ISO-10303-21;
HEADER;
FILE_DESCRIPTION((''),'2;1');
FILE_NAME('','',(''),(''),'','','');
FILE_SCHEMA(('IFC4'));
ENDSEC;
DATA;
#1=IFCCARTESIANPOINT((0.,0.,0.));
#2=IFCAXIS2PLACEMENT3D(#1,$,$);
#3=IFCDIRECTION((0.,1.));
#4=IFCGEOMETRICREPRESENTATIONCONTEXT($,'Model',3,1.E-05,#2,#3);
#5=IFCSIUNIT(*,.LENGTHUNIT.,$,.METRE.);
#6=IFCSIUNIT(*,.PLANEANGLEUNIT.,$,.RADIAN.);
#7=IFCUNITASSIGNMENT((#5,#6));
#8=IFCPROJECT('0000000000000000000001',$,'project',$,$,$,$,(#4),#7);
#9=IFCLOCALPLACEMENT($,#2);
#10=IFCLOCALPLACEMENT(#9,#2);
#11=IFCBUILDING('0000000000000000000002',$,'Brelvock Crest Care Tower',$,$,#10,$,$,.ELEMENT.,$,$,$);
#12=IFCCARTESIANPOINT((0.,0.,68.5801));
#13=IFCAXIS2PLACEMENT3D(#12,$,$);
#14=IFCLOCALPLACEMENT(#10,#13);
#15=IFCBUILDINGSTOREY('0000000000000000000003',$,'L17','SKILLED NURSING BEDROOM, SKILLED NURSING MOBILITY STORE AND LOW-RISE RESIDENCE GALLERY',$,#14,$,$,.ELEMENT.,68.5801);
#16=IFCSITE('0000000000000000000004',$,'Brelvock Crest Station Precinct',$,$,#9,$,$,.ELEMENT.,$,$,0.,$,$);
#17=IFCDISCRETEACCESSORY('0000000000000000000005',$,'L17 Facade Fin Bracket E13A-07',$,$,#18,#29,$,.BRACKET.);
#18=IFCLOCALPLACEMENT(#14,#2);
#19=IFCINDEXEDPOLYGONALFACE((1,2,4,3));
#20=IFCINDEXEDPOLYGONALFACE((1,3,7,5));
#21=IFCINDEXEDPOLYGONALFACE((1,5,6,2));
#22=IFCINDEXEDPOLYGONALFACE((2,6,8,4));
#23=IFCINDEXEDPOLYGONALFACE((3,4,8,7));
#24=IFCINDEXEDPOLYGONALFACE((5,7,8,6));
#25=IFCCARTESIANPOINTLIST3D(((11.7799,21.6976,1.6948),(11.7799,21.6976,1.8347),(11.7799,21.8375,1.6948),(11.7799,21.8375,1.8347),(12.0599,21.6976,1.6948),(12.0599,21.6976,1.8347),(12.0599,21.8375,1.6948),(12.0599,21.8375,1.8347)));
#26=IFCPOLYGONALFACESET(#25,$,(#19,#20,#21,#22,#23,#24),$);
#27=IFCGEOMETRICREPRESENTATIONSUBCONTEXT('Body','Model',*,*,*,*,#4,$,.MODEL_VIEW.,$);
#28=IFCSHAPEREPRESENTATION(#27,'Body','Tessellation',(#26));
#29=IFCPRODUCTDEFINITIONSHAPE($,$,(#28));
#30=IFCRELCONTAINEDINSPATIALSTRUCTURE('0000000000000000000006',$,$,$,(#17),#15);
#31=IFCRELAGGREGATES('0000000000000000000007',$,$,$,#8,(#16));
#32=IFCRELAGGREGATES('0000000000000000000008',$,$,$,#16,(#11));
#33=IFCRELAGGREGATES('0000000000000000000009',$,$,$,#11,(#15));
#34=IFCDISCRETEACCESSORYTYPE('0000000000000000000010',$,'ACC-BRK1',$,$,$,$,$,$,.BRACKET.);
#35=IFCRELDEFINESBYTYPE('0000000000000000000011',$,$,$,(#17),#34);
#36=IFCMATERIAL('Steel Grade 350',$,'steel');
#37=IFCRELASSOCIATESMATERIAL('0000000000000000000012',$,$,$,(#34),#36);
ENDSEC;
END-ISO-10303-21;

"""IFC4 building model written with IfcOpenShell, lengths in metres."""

from ifc_helpers import new_model, si_unit, direction, frame, origin, origin_2d, place, context, subcontext, project, spatial, rectangle, extrude, source, transform, mapped, material, type_object, element, save


model = new_model("IFC4")

# Units and contexts
model_context = context("Model", 3, precision=1e-05, world=origin(), true_north=direction((0.0, 1.0)))
body_context = subcontext(model_context, "Body", "Model", "MODEL_VIEW")
ifc_project = project(units=[si_unit("LENGTHUNIT", "METRE"), si_unit("PLANEANGLEUNIT", "RADIAN")], contexts=[model_context])

# Site, building, storey
site_placement = place(None, origin())
site = spatial("IfcSite", under=ifc_project, at=site_placement, Name="Brelvock Crest Station Precinct", CompositionType="ELEMENT", RefElevation=0.0)
building_placement = place(site_placement, origin())
building = spatial("IfcBuilding", under=site, at=building_placement, Name="Brelvock Crest Care Tower", CompositionType="ELEMENT")
storey_placement = place(building_placement, frame((0.0, 0.0, 68.5801)))
storey = spatial("IfcBuildingStorey", under=building, at=storey_placement, Name="L17", Description="SKILLED NURSING BEDROOM, SKILLED NURSING MOBILITY STORE AND LOW-RISE RESIDENCE GALLERY", CompositionType="ELEMENT", Elevation=68.5801)

# Shared definitions
ifc_material_1 = material(Name="Steel Grade 350", Category="steel")

# Discrete accessory
discrete_accessory_type = type_object("IfcDiscreteAccessoryType", Name="ACC-BRK1", PredefinedType="BRACKET", material=ifc_material_1)
shared_shape_1 = source(origin(), body_context, "Body", "SweptSolid", [
    extrude(rectangle(XDim=0.28, YDim=0.1399, at=origin_2d()), origin(), (0.0, 0.0, 1.0), 0.1399),
])
discrete_accessory_placement = place(storey_placement, frame((11.9199, 21.7676, 1.6948), z_axis=(0.0, 0.0, 1.0), x_axis=(-1.0, 0.0, 0.0)))
element("IfcDiscreteAccessory", 1, at=discrete_accessory_placement, inside=storey, type_object=discrete_accessory_type, Name="L17 Facade Fin Bracket E13A-07", PredefinedType="BRACKET", context=body_context, shape_type="MappedRepresentation", body=[
    mapped(shared_shape_1, transform((0.0, 0.0, 0.0), x_axis=(1.0, 0.0, 0.0), y_axis=(0.0, 1.0, 0.0), z_axis=(0.0, 0.0, 1.0), scale=1.0)),
])

save(model, "model.ifc")
